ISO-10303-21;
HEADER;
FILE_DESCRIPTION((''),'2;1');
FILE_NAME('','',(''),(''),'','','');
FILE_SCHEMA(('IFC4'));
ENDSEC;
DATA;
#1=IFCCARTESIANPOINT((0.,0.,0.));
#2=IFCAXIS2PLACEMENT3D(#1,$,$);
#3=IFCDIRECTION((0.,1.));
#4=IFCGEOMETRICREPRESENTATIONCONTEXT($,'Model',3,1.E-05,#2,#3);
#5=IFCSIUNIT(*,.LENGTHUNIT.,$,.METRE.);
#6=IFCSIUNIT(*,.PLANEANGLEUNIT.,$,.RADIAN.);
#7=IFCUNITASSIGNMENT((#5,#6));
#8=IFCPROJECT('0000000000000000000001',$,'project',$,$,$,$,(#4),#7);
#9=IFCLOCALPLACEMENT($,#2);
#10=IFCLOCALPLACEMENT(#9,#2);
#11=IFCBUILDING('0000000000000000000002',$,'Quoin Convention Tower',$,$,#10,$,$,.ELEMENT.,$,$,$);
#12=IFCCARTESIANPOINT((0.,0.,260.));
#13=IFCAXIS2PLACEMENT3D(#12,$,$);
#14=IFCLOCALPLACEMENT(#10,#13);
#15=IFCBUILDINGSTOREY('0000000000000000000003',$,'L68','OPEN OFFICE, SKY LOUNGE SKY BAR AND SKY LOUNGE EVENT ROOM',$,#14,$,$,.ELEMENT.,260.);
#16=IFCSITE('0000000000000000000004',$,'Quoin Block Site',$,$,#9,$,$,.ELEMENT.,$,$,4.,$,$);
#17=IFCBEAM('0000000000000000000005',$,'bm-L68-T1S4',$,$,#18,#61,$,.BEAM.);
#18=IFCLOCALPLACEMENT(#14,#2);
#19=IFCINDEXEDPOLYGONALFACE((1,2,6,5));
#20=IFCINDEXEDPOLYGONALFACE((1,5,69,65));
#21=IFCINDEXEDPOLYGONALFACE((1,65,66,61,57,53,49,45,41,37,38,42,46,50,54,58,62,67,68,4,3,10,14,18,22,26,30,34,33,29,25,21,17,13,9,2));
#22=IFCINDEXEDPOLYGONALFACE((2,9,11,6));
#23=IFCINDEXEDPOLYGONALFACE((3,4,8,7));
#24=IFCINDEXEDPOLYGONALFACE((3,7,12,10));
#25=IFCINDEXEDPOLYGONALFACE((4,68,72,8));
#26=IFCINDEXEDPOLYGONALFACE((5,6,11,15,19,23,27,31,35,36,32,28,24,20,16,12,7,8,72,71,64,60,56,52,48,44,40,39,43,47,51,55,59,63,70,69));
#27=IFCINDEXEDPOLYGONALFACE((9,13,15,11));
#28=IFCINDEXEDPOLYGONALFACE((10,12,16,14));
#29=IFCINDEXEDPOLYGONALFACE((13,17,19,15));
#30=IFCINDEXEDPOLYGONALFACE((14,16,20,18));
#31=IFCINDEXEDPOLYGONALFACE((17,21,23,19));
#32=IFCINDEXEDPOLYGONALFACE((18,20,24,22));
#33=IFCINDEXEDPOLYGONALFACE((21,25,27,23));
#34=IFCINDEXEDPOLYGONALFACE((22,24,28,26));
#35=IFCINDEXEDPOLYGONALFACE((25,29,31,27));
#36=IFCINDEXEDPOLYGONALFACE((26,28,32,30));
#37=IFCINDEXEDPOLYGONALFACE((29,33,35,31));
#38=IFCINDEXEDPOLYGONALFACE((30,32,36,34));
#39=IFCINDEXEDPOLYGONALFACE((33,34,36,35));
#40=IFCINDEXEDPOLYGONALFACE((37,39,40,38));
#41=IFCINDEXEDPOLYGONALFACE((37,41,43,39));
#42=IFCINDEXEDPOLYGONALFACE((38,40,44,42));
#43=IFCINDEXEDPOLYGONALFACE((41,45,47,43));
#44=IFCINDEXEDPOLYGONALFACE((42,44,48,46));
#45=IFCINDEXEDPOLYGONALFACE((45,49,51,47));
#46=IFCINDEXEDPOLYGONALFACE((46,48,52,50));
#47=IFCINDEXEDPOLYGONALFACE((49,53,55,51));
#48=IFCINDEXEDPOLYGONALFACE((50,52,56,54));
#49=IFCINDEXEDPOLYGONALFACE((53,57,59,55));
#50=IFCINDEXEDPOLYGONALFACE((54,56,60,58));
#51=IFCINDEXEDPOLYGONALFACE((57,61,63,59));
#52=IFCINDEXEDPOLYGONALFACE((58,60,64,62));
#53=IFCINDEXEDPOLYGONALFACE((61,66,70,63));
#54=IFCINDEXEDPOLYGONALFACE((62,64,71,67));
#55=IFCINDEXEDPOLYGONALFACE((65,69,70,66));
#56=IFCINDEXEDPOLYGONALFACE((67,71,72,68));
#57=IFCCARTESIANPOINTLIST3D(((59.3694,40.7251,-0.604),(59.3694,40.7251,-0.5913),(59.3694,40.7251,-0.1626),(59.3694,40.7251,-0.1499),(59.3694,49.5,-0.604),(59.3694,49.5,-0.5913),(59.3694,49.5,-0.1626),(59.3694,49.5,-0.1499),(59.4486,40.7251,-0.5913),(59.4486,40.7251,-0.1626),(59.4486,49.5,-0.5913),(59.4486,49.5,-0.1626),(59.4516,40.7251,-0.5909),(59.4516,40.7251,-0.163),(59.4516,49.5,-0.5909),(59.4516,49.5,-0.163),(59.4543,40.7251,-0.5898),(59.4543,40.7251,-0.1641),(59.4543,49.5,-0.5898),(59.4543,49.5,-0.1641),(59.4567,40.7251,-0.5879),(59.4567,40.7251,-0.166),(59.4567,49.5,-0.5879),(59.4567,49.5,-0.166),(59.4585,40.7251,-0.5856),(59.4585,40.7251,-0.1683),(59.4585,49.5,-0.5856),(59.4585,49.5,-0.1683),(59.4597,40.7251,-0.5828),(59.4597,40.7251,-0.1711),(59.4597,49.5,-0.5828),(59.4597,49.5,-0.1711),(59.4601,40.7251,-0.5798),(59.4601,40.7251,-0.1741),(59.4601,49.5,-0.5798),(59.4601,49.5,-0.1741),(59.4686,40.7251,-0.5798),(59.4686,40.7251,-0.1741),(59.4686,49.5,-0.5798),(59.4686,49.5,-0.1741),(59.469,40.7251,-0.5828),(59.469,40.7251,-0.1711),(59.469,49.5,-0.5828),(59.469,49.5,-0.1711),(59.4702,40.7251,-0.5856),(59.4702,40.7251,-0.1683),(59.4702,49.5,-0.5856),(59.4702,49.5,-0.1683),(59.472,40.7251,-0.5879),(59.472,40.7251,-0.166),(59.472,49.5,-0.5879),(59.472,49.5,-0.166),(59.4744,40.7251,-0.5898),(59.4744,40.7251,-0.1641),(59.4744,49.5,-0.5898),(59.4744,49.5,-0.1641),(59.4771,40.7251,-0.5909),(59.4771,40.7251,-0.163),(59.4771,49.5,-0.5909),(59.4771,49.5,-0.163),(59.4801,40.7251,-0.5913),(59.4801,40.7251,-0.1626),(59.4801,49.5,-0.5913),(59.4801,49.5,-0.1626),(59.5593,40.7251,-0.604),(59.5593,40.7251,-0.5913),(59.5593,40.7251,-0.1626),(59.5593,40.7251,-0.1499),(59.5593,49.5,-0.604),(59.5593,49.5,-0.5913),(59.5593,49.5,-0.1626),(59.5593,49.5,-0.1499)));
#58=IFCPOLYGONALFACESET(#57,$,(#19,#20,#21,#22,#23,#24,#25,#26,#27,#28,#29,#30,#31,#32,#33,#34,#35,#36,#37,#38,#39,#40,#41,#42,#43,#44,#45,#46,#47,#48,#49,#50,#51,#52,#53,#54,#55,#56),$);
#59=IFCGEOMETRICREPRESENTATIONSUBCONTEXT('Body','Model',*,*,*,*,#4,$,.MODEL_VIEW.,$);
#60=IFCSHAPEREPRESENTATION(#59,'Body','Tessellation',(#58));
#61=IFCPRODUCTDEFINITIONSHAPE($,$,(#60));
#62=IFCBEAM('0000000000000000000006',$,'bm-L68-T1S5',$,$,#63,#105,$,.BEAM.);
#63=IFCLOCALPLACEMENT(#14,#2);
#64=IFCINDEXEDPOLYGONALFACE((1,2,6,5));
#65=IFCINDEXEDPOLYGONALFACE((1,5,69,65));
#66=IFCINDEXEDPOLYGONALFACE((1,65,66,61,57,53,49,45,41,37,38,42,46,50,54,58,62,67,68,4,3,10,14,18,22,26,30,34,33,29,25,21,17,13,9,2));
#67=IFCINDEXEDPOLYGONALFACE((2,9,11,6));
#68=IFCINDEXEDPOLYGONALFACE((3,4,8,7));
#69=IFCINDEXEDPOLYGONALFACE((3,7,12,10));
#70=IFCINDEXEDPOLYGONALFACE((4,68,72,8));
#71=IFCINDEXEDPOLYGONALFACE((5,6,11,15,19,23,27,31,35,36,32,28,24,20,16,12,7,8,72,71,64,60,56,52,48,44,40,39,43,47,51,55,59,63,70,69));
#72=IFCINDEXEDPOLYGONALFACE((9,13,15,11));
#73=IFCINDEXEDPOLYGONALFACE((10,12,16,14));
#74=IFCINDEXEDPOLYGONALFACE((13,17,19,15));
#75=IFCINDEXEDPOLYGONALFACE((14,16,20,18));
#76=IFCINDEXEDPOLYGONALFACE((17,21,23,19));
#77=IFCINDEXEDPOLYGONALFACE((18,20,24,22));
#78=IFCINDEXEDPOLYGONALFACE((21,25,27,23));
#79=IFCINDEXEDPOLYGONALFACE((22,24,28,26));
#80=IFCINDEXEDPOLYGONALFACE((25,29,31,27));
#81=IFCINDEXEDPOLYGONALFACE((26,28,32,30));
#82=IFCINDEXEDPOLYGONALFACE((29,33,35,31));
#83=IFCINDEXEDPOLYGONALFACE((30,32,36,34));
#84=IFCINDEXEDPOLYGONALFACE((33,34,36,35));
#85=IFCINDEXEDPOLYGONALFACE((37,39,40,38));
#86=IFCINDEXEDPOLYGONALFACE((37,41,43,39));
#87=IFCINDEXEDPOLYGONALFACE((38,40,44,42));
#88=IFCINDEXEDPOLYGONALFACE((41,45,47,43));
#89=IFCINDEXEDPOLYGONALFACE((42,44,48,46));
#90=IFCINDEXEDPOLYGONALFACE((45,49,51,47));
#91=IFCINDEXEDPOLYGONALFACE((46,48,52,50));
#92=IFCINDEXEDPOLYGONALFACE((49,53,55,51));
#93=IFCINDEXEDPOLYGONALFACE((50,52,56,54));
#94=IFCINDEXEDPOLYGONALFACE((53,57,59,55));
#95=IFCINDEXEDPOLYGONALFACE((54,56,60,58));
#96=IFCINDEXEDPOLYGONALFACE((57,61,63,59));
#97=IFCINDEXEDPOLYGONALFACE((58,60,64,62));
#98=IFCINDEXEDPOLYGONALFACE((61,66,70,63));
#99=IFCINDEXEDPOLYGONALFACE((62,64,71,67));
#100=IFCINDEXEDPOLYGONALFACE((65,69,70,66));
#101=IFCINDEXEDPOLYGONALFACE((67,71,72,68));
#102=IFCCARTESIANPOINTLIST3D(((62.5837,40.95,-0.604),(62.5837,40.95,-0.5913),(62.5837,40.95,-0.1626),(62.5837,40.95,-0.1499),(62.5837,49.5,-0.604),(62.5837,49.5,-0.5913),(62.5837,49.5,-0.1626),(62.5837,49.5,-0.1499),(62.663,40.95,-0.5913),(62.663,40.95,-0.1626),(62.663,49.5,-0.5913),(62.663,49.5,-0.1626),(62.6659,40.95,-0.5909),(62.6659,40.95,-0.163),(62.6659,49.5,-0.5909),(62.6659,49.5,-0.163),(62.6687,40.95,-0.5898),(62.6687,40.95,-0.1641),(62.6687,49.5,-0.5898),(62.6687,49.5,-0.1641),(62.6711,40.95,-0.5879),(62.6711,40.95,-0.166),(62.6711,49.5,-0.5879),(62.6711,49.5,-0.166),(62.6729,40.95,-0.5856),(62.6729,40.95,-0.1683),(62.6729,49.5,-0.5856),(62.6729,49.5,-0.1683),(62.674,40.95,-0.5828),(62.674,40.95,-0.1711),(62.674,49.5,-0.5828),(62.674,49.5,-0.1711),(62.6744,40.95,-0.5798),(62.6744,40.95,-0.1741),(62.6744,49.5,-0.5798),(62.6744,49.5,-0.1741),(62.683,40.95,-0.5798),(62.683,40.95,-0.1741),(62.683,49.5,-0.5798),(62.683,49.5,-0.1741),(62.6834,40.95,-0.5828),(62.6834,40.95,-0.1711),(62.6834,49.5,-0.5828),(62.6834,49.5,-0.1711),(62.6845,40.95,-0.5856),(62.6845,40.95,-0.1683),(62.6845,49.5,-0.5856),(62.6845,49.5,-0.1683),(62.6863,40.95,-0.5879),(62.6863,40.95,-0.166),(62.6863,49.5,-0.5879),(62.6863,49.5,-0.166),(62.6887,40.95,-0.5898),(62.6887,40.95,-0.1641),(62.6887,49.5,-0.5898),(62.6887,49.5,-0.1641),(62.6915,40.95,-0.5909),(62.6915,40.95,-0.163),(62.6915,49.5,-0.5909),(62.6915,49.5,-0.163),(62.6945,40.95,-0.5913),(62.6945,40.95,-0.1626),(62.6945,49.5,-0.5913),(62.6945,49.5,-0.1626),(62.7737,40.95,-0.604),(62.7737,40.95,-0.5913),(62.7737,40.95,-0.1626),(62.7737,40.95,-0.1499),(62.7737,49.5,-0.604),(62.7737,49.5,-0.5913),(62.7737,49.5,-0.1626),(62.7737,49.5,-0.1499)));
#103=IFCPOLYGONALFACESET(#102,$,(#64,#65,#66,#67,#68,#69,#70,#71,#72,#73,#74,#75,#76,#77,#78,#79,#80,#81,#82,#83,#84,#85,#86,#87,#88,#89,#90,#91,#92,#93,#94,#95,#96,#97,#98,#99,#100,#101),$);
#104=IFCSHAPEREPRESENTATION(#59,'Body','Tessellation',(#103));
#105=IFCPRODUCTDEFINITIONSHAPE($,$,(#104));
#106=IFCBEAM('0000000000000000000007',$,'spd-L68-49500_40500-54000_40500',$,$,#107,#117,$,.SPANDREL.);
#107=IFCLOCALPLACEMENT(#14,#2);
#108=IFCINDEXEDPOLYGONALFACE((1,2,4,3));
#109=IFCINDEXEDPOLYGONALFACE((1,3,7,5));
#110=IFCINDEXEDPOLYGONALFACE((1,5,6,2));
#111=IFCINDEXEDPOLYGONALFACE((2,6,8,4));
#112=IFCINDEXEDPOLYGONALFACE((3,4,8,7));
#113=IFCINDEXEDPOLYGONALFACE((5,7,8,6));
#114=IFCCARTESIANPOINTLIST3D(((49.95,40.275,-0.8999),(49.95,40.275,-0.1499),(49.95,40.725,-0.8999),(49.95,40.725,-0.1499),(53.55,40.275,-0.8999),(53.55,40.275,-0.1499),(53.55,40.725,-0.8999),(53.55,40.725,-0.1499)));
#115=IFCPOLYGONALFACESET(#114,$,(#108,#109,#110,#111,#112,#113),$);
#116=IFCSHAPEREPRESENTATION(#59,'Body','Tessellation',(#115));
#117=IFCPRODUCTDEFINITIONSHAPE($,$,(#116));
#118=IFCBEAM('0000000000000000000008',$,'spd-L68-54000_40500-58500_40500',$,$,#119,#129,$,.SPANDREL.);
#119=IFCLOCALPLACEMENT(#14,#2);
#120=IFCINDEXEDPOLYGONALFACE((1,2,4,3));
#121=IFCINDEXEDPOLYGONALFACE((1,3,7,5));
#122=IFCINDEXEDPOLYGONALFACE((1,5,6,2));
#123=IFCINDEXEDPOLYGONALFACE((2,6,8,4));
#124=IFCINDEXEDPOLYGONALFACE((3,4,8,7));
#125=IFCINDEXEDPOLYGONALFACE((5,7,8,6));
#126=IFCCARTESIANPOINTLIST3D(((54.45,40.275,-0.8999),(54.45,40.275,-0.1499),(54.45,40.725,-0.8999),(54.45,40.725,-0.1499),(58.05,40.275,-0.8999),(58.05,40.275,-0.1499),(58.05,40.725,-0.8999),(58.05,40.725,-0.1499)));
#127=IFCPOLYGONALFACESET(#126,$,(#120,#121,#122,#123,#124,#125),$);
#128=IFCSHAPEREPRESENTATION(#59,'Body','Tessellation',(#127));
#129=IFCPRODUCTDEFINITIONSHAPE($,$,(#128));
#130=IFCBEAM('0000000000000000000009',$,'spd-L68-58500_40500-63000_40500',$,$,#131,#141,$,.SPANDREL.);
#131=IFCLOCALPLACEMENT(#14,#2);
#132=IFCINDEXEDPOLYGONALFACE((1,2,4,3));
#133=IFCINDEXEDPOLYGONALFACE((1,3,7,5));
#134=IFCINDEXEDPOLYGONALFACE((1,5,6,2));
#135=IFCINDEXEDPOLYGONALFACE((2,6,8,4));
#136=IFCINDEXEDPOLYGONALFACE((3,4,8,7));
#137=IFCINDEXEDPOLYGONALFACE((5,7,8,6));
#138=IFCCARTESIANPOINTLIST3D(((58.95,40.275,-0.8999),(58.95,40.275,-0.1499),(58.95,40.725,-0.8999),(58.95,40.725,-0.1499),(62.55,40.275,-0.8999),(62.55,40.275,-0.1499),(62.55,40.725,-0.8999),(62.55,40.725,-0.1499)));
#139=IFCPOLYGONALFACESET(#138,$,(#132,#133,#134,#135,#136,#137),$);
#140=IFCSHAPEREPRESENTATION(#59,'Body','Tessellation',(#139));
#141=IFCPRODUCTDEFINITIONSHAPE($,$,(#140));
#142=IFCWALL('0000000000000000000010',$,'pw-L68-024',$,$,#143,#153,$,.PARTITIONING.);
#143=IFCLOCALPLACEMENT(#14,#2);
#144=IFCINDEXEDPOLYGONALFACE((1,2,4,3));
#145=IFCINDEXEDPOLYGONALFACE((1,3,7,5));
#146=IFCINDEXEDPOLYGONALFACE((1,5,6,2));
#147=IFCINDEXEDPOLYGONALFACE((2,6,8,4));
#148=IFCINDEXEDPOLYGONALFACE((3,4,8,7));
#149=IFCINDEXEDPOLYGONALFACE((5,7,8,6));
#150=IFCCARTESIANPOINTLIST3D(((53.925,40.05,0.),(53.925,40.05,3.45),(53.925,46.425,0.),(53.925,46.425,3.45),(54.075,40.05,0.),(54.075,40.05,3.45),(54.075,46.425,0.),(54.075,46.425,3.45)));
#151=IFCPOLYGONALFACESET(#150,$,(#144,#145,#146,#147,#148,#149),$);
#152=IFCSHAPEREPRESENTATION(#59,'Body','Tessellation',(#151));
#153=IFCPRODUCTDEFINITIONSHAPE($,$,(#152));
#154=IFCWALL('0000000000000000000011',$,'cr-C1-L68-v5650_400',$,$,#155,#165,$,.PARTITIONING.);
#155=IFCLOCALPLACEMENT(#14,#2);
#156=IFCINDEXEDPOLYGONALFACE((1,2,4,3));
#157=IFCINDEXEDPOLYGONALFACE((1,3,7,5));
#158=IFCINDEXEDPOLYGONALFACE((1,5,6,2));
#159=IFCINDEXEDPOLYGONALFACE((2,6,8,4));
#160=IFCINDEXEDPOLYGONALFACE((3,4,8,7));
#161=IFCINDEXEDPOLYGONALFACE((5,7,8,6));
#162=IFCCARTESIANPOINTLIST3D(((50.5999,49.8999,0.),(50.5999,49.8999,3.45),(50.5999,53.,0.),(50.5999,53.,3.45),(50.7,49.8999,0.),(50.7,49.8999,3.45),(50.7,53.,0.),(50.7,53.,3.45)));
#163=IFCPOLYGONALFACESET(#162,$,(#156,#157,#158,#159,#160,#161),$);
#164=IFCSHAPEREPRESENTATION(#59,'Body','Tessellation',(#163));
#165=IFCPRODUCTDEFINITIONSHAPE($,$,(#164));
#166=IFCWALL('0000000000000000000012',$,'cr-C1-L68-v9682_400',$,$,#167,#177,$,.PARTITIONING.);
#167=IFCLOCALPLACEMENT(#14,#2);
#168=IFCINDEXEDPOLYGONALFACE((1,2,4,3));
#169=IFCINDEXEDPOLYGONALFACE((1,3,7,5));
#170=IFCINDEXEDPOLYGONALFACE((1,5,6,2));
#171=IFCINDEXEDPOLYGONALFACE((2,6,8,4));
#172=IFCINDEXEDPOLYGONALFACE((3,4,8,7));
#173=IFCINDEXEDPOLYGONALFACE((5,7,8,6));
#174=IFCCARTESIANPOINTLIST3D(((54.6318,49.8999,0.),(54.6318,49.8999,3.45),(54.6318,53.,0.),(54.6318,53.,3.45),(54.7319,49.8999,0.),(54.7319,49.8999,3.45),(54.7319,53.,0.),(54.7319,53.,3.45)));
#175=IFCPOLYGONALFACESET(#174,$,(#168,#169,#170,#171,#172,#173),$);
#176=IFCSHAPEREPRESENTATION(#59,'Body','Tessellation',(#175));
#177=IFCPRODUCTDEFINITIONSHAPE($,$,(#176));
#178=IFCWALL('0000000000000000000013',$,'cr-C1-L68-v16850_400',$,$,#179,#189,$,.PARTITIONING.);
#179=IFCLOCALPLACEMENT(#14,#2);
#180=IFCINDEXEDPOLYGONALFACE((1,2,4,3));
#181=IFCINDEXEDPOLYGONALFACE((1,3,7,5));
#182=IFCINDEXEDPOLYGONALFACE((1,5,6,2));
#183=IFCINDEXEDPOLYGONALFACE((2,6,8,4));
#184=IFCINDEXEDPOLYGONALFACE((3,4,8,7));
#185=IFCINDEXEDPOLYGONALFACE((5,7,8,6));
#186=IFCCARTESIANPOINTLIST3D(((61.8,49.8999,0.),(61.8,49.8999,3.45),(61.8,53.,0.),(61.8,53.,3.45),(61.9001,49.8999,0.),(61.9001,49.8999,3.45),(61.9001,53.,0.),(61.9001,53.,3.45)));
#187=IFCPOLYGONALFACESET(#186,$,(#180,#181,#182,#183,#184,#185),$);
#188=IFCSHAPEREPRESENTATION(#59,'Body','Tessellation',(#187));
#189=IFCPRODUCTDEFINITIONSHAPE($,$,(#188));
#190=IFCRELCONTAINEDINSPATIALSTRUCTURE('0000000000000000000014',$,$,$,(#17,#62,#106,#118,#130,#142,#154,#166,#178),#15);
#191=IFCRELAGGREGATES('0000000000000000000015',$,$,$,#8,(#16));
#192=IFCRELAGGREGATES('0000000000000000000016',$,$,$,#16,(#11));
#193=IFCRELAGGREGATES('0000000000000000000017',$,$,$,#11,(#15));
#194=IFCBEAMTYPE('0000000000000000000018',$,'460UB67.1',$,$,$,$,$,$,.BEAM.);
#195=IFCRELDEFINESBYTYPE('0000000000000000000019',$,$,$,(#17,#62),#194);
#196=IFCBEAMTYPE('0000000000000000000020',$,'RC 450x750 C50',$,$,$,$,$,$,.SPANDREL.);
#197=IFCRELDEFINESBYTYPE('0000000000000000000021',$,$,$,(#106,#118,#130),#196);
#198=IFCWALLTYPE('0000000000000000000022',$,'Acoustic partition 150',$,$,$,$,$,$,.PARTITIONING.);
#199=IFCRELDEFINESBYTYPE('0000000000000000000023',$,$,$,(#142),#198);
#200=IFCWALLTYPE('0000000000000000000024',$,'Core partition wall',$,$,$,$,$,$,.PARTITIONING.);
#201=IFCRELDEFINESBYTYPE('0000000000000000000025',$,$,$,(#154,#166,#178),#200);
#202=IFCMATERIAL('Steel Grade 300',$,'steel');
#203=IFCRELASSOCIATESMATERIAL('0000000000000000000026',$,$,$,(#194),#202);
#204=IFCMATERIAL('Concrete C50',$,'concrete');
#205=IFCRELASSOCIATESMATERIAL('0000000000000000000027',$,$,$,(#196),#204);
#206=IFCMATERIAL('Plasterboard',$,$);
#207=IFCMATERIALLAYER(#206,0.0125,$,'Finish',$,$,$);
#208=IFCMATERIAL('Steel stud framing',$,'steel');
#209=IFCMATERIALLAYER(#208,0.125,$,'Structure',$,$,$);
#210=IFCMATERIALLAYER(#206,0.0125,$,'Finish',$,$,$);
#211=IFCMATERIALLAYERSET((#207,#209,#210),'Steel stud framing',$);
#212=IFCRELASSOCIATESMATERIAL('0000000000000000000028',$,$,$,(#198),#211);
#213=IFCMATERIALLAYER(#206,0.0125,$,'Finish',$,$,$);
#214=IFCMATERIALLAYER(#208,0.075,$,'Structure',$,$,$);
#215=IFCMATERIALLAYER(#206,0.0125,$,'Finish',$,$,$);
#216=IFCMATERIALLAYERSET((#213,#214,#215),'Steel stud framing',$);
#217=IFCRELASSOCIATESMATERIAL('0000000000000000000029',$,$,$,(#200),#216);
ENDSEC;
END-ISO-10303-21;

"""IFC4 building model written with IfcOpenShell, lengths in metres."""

from ifc_helpers import new_model, si_unit, direction, frame, frame_2d, origin, origin_2d, place, context, subcontext, project, spatial, rectangle, i_section, extrude, material, layer, layer_set, material_profile, profile_set, type_object, element, save


model = new_model("IFC4")

# Units and contexts
model_context = context("Model", 3, precision=1e-05, world=origin(), true_north=direction((0.0, 1.0)))
body_context = subcontext(model_context, "Body", "Model", "MODEL_VIEW")
ifc_project = project(units=[si_unit("LENGTHUNIT", "METRE"), si_unit("PLANEANGLEUNIT", "RADIAN")], contexts=[model_context])

# Site, building, storey
site_placement = place(None, origin())
site = spatial("IfcSite", under=ifc_project, at=site_placement, Name="Quoin Block Site", CompositionType="ELEMENT", RefElevation=4.0)
building_placement = place(site_placement, origin())
building = spatial("IfcBuilding", under=site, at=building_placement, Name="Quoin Convention Tower", CompositionType="ELEMENT")
storey_placement = place(building_placement, frame((0.0, 0.0, 260.0)))
storey = spatial("IfcBuildingStorey", under=building, at=storey_placement, Name="L68", Description="OPEN OFFICE, SKY LOUNGE SKY BAR AND SKY LOUNGE EVENT ROOM", CompositionType="ELEMENT", Elevation=260.0)

# Shared definitions
ifc_material_1 = material(Name="Concrete C50", Category="concrete")

# Beams
ifc_material_2 = material(Name="Steel Grade 300", Category="steel")
ifc_material_profile_1 = material_profile(ifc_material_2, i_section(OverallWidth=0.1899, OverallDepth=0.4541, WebThickness=0.0085, FlangeThickness=0.0127, FilletRadius=0.0115, at=origin_2d()), Name="460UB67.1")
ifc_profile_set_1 = profile_set([ifc_material_profile_1], Name="Steel Grade 300")
beam_type_1 = type_object("IfcBeamType", Name="460UB67.1", PredefinedType="BEAM", material=ifc_profile_set_1)
for number, where, z_axis, x_axis, name in (
    (1, (59.4644, 40.7251, -0.377), (0.0, 1.0, 0.0), (-1.0, 0.0, 0.0), "bm-L68-T1S4"),
):
    element("IfcBeam", number, at=place(storey_placement, frame(where, z_axis=z_axis, x_axis=x_axis)), inside=storey, type_object=beam_type_1, Name=name, PredefinedType="BEAM", context=body_context, shape_type="SweptSolid", body=[
        extrude(i_section(OverallWidth=0.1899, OverallDepth=0.4541, WebThickness=0.0085, FlangeThickness=0.0127, FilletRadius=0.0115, at=origin_2d()), origin(), (0.0, 0.0, 1.0), 8.7749),
    ])
beam_1_placement = place(storey_placement, frame((62.6787, 40.95, -0.377), z_axis=(0.0, 1.0, 0.0), x_axis=(-1.0, 0.0, 0.0)))
element("IfcBeam", 2, at=beam_1_placement, inside=storey, type_object=beam_type_1, Name="bm-L68-T1S5", PredefinedType="BEAM", context=body_context, shape_type="SweptSolid", body=[
    extrude(i_section(OverallWidth=0.1899, OverallDepth=0.4541, WebThickness=0.0085, FlangeThickness=0.0127, FilletRadius=0.0115, at=origin_2d()), origin(), (0.0, 0.0, 1.0), 8.55),
])
ifc_material_profile_2 = material_profile(ifc_material_1, rectangle(XDim=0.45, YDim=0.75, at=origin_2d()), Name="RC 450x750")
ifc_profile_set_2 = profile_set([ifc_material_profile_2], Name="Concrete C50")
beam_type_2 = type_object("IfcBeamType", Name="RC 450x750 C50", PredefinedType="SPANDREL", material=ifc_profile_set_2)
for number, where, z_axis, x_axis, name in (
    (3, (49.95, 40.5, -0.5249), (1.0, 0.0, 0.0), (0.0, 1.0, 0.0), "spd-L68-49500_40500-54000_40500"),
    (4, (54.45, 40.5, -0.5249), (1.0, 0.0, 0.0), (0.0, 1.0, 0.0), "spd-L68-54000_40500-58500_40500"),
    (5, (58.95, 40.5, -0.5249), (1.0, 0.0, 0.0), (0.0, 1.0, 0.0), "spd-L68-58500_40500-63000_40500"),
):
    element("IfcBeam", number, at=place(storey_placement, frame(where, z_axis=z_axis, x_axis=x_axis)), inside=storey, type_object=beam_type_2, Name=name, PredefinedType="SPANDREL", context=body_context, shape_type="SweptSolid", body=[
        extrude(rectangle(XDim=0.45, YDim=0.75, at=origin_2d()), origin(), (0.0, 0.0, 1.0), 3.6001),
    ])

# Walls
ifc_material_3 = material(Name="Plasterboard")
ifc_layer_1 = layer(ifc_material_3, 0.0125, Name="Finish")
ifc_material_4 = material(Name="Steel stud framing", Category="steel")
ifc_layer_2 = layer(ifc_material_4, 0.125, Name="Structure")
ifc_layer_3 = layer(ifc_material_3, 0.0125, Name="Finish")
ifc_layer_set_1 = layer_set([ifc_layer_1, ifc_layer_2, ifc_layer_3], Name="Steel stud framing")
wall_type_1 = type_object("IfcWallType", Name="Acoustic partition 150", PredefinedType="PARTITIONING", material=ifc_layer_set_1)
wall_1_placement = place(storey_placement, frame((54.0, 40.05, 0.0), z_axis=(0.0, 0.0, 1.0), x_axis=(0.0, 1.0, 0.0)))
element("IfcWall", 6, at=wall_1_placement, inside=storey, type_object=wall_type_1, Name="pw-L68-024", PredefinedType="PARTITIONING", context=body_context, shape_type="SweptSolid", body=[
    extrude(rectangle(XDim=6.375, YDim=0.1499, at=frame_2d((3.1875, 0.0))), origin(), (0.0, 0.0, 1.0), 3.45),
])
ifc_layer_4 = layer(ifc_material_3, 0.0125, Name="Finish")
ifc_layer_5 = layer(ifc_material_4, 0.075, Name="Structure")
ifc_layer_6 = layer(ifc_material_3, 0.0125, Name="Finish")
ifc_layer_set_2 = layer_set([ifc_layer_4, ifc_layer_5, ifc_layer_6], Name="Steel stud framing")
wall_type_2 = type_object("IfcWallType", Name="Core partition wall", PredefinedType="PARTITIONING", material=ifc_layer_set_2)
for number, where, z_axis, x_axis, name in (
    (7, (50.6499, 49.8999, 0.0), (0.0, 0.0, 1.0), (0.0, 1.0, 0.0), "cr-C1-L68-v5650_400"),
    (8, (54.6819, 49.8999, 0.0), (0.0, 0.0, 1.0), (0.0, 1.0, 0.0), "cr-C1-L68-v9682_400"),
    (9, (61.8501, 49.8999, 0.0), (0.0, 0.0, 1.0), (0.0, 1.0, 0.0), "cr-C1-L68-v16850_400"),
):
    element("IfcWall", number, at=place(storey_placement, frame(where, z_axis=z_axis, x_axis=x_axis)), inside=storey, type_object=wall_type_2, Name=name, PredefinedType="PARTITIONING", context=body_context, shape_type="SweptSolid", body=[
        extrude(rectangle(XDim=3.1001, YDim=0.1001, at=frame_2d((1.55, 0.0))), origin(), (0.0, 0.0, 1.0), 3.45),
    ])

save(model, "model.ifc")
